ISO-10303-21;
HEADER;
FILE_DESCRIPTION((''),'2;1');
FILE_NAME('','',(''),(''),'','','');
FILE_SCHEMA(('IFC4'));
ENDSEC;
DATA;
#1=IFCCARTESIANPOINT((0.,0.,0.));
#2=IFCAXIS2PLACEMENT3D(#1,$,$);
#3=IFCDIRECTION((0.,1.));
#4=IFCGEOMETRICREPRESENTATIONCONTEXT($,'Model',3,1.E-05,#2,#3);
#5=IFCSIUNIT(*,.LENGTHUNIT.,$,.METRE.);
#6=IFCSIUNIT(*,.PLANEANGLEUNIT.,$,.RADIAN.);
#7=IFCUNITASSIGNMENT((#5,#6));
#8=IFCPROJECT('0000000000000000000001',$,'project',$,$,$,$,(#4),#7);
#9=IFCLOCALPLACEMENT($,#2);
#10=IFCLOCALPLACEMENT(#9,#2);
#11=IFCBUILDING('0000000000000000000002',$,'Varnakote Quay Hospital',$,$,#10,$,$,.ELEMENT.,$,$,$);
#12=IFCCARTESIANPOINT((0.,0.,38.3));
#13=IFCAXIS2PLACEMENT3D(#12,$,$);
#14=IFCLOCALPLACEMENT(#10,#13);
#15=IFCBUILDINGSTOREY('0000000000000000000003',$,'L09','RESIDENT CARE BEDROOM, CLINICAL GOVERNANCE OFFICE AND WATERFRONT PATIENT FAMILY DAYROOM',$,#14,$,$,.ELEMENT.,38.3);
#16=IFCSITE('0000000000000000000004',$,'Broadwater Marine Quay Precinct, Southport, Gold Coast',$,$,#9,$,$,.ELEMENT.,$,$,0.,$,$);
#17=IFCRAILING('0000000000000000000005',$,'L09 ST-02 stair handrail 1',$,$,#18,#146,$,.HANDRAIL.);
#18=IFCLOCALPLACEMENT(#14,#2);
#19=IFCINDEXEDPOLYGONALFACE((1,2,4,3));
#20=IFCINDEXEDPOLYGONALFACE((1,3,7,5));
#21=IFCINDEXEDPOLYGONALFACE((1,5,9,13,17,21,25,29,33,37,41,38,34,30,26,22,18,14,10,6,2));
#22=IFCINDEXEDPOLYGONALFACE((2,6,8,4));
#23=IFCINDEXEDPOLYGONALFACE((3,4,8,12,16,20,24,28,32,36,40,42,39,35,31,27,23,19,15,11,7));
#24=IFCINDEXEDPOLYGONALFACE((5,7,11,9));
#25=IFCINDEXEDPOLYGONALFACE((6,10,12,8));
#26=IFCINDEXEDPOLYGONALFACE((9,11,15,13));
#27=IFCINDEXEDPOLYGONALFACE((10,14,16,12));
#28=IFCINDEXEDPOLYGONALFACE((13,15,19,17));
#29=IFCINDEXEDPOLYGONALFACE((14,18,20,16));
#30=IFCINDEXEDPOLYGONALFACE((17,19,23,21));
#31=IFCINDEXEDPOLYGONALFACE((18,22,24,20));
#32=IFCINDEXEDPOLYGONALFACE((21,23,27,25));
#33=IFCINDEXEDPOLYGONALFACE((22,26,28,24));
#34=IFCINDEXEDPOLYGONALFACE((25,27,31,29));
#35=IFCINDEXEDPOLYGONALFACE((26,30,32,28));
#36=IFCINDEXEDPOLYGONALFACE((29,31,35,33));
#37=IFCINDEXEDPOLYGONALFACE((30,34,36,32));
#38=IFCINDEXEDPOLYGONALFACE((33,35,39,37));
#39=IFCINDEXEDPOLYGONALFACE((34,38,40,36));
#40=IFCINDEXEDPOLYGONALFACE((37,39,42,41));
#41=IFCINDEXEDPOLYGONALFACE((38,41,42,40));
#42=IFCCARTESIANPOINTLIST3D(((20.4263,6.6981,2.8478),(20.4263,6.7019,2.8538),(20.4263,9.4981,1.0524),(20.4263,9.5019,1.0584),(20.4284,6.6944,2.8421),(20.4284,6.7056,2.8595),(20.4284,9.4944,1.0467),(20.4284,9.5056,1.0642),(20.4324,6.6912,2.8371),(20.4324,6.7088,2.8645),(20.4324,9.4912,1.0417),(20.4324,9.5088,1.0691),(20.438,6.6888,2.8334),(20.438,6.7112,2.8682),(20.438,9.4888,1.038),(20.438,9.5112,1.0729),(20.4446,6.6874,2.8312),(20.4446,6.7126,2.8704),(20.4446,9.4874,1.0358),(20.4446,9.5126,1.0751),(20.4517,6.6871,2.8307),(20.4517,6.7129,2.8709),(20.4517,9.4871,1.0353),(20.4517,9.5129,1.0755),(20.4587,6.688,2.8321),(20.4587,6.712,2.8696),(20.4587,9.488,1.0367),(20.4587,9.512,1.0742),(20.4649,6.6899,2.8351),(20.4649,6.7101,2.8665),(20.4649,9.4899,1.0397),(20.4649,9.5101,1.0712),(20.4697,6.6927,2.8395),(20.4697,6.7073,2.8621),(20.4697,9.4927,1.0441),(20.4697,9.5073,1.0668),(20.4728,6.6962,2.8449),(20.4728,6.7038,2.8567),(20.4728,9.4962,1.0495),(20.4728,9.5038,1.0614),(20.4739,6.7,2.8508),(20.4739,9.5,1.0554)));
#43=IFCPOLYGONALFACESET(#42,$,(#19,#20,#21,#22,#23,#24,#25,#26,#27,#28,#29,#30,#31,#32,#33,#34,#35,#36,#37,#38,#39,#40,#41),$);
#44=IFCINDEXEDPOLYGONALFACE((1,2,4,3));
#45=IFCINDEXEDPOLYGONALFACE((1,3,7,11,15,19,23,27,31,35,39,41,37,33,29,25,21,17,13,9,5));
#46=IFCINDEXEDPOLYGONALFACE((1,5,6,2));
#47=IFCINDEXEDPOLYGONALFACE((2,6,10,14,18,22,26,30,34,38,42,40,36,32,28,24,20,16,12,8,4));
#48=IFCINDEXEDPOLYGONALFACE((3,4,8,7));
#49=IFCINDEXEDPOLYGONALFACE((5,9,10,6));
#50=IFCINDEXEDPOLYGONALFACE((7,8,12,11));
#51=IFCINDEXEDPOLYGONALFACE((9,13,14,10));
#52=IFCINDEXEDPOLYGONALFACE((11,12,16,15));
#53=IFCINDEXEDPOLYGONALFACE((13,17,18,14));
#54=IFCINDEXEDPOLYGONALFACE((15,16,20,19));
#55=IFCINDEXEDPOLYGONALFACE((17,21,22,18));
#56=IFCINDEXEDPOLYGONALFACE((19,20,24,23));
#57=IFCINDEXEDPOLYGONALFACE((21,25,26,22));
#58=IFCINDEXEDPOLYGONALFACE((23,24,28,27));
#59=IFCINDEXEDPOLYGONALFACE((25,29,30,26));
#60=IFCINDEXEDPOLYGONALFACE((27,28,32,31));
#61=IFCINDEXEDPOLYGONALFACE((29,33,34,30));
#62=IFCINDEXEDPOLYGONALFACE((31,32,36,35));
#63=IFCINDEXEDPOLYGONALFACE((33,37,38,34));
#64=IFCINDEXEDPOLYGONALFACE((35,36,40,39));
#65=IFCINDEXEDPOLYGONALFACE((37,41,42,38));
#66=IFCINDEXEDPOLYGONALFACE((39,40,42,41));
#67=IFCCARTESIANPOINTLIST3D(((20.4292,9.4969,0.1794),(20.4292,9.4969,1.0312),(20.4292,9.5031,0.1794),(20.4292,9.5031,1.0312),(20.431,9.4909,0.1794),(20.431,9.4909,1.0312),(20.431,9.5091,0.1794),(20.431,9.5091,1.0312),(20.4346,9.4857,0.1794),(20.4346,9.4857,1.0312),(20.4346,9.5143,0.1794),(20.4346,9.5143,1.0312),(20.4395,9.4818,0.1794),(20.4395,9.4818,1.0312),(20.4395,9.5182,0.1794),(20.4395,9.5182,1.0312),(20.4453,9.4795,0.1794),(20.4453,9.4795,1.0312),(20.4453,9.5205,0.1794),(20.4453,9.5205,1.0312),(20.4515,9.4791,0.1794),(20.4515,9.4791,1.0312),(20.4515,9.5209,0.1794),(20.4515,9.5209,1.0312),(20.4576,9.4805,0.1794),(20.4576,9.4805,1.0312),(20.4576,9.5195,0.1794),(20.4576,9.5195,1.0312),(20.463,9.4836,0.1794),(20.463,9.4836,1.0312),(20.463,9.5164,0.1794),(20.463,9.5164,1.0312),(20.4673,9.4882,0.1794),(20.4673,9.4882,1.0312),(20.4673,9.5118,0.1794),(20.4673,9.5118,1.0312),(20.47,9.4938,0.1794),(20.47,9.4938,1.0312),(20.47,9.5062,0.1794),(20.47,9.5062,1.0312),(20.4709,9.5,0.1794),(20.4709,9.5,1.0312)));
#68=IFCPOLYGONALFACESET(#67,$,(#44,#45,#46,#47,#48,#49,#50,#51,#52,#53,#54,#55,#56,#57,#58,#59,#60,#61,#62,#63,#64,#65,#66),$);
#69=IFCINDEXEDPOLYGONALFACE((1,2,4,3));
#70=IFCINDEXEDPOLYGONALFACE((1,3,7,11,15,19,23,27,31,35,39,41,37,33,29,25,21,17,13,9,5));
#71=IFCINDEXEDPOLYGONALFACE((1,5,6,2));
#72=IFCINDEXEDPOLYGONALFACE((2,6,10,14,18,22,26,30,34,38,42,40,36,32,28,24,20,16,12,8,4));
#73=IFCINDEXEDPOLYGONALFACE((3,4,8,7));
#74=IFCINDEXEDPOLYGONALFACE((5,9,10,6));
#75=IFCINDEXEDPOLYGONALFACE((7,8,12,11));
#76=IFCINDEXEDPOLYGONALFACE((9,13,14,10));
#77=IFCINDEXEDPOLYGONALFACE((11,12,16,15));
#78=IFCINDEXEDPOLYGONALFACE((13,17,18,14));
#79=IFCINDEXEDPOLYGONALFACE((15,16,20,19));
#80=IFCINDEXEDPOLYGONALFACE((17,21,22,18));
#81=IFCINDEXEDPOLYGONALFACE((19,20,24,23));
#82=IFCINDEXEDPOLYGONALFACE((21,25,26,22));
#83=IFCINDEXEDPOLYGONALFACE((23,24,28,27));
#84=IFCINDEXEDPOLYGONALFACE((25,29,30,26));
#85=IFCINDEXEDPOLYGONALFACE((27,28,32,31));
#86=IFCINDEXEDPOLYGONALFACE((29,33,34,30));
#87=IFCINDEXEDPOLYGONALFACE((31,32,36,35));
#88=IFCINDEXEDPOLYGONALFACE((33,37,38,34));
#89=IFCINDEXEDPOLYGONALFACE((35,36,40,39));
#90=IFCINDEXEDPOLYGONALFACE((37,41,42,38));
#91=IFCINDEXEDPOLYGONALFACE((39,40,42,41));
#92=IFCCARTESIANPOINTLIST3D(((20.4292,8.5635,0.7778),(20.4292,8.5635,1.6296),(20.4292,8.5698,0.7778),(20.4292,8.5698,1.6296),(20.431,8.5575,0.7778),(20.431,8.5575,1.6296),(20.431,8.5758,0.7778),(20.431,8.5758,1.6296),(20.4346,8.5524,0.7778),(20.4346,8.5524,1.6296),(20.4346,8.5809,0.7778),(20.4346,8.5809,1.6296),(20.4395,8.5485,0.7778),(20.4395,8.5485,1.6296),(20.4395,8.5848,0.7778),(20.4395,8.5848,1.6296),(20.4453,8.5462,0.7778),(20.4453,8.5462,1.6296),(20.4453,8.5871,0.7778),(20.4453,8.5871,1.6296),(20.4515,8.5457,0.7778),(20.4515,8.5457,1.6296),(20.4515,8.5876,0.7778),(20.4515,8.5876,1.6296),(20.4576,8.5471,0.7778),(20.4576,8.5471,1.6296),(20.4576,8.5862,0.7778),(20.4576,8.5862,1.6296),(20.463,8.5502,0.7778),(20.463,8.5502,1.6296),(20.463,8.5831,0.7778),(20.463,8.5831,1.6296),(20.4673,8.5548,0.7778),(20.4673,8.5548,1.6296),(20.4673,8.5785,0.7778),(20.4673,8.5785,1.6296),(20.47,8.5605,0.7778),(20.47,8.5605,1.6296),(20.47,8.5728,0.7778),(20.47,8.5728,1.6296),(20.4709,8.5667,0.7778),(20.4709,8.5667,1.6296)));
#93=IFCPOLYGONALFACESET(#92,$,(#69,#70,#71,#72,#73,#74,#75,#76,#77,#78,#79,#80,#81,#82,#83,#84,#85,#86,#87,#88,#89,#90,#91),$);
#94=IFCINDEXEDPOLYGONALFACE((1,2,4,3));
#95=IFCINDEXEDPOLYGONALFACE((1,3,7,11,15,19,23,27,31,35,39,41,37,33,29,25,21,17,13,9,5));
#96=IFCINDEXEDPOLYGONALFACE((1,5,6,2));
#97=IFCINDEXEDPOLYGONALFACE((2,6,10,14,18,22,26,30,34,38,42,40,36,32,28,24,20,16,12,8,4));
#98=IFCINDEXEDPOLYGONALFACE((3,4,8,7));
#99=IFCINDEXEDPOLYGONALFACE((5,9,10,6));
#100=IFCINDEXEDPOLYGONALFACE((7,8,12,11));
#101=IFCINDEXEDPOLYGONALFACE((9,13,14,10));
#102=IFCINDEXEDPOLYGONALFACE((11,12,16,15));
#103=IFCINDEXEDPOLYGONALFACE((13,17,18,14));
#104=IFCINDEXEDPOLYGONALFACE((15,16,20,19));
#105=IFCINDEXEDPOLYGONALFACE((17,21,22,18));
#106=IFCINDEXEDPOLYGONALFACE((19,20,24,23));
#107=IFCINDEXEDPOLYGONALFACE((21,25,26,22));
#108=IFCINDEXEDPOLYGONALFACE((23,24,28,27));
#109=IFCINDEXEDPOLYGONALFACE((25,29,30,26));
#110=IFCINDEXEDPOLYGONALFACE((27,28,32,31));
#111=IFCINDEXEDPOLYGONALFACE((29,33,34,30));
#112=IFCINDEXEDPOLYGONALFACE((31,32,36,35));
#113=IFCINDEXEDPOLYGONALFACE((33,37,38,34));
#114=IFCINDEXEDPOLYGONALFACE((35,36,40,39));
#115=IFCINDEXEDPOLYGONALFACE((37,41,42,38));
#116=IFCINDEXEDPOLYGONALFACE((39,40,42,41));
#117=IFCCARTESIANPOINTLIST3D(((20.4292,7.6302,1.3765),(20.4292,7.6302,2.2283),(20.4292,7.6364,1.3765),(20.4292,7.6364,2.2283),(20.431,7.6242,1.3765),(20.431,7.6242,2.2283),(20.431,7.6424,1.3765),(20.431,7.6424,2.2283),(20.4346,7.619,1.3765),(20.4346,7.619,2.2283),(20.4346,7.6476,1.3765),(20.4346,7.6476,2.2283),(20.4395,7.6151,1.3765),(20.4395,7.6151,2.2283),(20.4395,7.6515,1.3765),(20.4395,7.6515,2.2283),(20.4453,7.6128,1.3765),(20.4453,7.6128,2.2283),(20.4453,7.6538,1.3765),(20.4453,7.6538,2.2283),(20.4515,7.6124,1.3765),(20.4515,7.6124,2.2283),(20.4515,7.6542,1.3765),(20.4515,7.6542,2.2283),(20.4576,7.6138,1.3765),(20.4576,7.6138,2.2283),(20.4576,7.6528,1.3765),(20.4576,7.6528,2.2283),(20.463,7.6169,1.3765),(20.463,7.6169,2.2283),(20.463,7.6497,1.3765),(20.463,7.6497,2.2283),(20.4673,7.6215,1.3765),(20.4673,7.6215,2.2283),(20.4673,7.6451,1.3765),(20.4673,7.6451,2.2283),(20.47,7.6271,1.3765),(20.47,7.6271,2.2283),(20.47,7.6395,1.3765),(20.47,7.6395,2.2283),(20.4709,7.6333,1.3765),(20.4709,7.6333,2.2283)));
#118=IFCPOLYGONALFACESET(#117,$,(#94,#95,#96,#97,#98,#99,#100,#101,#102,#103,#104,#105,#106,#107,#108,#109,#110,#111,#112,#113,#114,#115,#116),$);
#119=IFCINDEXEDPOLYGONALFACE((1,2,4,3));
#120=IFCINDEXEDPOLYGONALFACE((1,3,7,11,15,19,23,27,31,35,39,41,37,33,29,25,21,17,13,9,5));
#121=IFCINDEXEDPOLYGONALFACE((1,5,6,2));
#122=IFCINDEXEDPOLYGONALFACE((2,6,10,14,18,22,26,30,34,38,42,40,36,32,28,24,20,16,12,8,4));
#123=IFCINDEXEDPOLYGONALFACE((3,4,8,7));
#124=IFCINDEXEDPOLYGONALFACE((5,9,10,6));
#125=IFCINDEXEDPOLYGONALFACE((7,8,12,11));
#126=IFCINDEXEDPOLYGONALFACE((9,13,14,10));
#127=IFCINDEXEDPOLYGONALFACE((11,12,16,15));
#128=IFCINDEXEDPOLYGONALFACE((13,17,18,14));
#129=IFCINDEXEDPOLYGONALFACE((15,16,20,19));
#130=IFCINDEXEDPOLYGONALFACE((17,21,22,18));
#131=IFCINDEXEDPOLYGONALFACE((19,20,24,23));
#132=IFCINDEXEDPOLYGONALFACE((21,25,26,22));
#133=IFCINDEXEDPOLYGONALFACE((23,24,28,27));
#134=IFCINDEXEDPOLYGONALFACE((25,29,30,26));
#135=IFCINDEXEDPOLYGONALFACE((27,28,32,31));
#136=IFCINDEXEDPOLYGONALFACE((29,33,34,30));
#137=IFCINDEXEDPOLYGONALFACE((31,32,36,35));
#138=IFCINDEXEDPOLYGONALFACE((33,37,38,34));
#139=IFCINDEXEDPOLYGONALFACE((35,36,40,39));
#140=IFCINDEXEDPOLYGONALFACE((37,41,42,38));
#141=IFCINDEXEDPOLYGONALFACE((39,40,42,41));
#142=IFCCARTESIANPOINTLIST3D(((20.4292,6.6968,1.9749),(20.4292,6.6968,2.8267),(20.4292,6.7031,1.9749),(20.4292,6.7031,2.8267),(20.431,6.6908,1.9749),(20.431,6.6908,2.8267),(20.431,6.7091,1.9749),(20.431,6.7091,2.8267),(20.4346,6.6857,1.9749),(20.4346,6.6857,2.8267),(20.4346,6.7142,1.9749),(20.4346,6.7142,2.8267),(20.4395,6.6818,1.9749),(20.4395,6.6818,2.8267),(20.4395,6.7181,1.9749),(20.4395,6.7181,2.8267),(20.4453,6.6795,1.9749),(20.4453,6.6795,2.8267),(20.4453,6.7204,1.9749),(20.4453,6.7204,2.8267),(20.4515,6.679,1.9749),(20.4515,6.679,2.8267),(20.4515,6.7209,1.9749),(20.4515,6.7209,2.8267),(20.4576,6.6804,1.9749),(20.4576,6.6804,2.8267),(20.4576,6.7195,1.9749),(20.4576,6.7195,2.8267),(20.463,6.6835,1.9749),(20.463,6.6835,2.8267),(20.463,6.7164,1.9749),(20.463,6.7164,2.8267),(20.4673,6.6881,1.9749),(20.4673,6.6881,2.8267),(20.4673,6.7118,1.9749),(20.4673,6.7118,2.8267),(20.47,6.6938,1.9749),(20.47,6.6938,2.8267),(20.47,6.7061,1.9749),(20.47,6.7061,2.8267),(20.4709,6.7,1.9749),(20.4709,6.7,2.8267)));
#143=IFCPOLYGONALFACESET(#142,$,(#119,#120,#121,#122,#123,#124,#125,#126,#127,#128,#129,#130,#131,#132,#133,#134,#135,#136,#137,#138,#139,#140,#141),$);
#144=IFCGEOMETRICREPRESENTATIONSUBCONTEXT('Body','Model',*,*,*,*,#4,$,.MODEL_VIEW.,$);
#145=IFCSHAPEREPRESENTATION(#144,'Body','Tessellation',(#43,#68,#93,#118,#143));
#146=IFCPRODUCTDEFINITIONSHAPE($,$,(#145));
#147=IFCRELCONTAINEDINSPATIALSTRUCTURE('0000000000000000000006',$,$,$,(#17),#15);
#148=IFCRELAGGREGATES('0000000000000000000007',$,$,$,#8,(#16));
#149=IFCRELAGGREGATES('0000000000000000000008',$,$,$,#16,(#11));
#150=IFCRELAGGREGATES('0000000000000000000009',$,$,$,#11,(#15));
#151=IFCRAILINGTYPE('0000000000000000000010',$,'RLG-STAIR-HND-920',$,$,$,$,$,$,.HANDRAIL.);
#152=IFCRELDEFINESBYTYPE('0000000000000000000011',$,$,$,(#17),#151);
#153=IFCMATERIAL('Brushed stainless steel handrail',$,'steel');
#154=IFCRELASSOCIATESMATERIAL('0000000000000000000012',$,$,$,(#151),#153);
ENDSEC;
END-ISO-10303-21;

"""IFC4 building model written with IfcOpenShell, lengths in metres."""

from ifc_helpers import new_model, si_unit, direction, frame, origin, origin_2d, place, context, subcontext, project, spatial, circle, extrude, material, type_object, element, save


model = new_model("IFC4")

# Units and contexts
model_context = context("Model", 3, precision=1e-05, world=origin(), true_north=direction((0.0, 1.0)))
body_context = subcontext(model_context, "Body", "Model", "MODEL_VIEW")
ifc_project = project(units=[si_unit("LENGTHUNIT", "METRE"), si_unit("PLANEANGLEUNIT", "RADIAN")], contexts=[model_context])

# Site, building, storey
site_placement = place(None, origin())
site = spatial("IfcSite", under=ifc_project, at=site_placement, Name="Broadwater Marine Quay Precinct, Southport, Gold Coast", CompositionType="ELEMENT", RefElevation=0.0)
building_placement = place(site_placement, origin())
building = spatial("IfcBuilding", under=site, at=building_placement, Name="Varnakote Quay Hospital", CompositionType="ELEMENT")
storey_placement = place(building_placement, frame((0.0, 0.0, 38.3)))
storey = spatial("IfcBuildingStorey", under=building, at=storey_placement, Name="L09", Description="RESIDENT CARE BEDROOM, CLINICAL GOVERNANCE OFFICE AND WATERFRONT PATIENT FAMILY DAYROOM", CompositionType="ELEMENT", Elevation=38.3)

# Railing
ifc_material_1 = material(Name="Brushed stainless steel handrail", Category="steel")
railing_type_1 = type_object("IfcRailingType", Name="RLG-STAIR-HND-920", PredefinedType="HANDRAIL", material=ifc_material_1)
railing_1_placement = place(storey_placement, frame((20.45, 9.5, 0.1794)))
element("IfcRailing", 1, at=railing_1_placement, inside=storey, type_object=railing_type_1, Name="L09 ST-02 stair handrail 1", PredefinedType="HANDRAIL", context=body_context, shape_type="SweptSolid", body=[
    extrude(circle(Radius=0.0239, at=origin_2d()), frame((0.0, 0.0, 0.876), z_axis=(0.0, -0.84181, 0.539774), x_axis=(1.0, 0.0, 0.0)), (0.0, 0.0, 1.0), 3.3262),
    extrude(circle(Radius=0.021, at=origin_2d()), origin(), (0.0, 0.0, 1.0), 0.8518),
    extrude(circle(Radius=0.021, at=origin_2d()), frame((0.0, -0.9333, 0.5984)), (0.0, 0.0, 1.0), 0.8518),
    extrude(circle(Radius=0.021, at=origin_2d()), frame((0.0, -1.8667, 1.197)), (0.0, 0.0, 1.0), 0.8518),
    extrude(circle(Radius=0.021, at=origin_2d()), frame((0.0, -2.8, 1.7954)), (0.0, 0.0, 1.0), 0.8518),
])

save(model, "model.ifc")
